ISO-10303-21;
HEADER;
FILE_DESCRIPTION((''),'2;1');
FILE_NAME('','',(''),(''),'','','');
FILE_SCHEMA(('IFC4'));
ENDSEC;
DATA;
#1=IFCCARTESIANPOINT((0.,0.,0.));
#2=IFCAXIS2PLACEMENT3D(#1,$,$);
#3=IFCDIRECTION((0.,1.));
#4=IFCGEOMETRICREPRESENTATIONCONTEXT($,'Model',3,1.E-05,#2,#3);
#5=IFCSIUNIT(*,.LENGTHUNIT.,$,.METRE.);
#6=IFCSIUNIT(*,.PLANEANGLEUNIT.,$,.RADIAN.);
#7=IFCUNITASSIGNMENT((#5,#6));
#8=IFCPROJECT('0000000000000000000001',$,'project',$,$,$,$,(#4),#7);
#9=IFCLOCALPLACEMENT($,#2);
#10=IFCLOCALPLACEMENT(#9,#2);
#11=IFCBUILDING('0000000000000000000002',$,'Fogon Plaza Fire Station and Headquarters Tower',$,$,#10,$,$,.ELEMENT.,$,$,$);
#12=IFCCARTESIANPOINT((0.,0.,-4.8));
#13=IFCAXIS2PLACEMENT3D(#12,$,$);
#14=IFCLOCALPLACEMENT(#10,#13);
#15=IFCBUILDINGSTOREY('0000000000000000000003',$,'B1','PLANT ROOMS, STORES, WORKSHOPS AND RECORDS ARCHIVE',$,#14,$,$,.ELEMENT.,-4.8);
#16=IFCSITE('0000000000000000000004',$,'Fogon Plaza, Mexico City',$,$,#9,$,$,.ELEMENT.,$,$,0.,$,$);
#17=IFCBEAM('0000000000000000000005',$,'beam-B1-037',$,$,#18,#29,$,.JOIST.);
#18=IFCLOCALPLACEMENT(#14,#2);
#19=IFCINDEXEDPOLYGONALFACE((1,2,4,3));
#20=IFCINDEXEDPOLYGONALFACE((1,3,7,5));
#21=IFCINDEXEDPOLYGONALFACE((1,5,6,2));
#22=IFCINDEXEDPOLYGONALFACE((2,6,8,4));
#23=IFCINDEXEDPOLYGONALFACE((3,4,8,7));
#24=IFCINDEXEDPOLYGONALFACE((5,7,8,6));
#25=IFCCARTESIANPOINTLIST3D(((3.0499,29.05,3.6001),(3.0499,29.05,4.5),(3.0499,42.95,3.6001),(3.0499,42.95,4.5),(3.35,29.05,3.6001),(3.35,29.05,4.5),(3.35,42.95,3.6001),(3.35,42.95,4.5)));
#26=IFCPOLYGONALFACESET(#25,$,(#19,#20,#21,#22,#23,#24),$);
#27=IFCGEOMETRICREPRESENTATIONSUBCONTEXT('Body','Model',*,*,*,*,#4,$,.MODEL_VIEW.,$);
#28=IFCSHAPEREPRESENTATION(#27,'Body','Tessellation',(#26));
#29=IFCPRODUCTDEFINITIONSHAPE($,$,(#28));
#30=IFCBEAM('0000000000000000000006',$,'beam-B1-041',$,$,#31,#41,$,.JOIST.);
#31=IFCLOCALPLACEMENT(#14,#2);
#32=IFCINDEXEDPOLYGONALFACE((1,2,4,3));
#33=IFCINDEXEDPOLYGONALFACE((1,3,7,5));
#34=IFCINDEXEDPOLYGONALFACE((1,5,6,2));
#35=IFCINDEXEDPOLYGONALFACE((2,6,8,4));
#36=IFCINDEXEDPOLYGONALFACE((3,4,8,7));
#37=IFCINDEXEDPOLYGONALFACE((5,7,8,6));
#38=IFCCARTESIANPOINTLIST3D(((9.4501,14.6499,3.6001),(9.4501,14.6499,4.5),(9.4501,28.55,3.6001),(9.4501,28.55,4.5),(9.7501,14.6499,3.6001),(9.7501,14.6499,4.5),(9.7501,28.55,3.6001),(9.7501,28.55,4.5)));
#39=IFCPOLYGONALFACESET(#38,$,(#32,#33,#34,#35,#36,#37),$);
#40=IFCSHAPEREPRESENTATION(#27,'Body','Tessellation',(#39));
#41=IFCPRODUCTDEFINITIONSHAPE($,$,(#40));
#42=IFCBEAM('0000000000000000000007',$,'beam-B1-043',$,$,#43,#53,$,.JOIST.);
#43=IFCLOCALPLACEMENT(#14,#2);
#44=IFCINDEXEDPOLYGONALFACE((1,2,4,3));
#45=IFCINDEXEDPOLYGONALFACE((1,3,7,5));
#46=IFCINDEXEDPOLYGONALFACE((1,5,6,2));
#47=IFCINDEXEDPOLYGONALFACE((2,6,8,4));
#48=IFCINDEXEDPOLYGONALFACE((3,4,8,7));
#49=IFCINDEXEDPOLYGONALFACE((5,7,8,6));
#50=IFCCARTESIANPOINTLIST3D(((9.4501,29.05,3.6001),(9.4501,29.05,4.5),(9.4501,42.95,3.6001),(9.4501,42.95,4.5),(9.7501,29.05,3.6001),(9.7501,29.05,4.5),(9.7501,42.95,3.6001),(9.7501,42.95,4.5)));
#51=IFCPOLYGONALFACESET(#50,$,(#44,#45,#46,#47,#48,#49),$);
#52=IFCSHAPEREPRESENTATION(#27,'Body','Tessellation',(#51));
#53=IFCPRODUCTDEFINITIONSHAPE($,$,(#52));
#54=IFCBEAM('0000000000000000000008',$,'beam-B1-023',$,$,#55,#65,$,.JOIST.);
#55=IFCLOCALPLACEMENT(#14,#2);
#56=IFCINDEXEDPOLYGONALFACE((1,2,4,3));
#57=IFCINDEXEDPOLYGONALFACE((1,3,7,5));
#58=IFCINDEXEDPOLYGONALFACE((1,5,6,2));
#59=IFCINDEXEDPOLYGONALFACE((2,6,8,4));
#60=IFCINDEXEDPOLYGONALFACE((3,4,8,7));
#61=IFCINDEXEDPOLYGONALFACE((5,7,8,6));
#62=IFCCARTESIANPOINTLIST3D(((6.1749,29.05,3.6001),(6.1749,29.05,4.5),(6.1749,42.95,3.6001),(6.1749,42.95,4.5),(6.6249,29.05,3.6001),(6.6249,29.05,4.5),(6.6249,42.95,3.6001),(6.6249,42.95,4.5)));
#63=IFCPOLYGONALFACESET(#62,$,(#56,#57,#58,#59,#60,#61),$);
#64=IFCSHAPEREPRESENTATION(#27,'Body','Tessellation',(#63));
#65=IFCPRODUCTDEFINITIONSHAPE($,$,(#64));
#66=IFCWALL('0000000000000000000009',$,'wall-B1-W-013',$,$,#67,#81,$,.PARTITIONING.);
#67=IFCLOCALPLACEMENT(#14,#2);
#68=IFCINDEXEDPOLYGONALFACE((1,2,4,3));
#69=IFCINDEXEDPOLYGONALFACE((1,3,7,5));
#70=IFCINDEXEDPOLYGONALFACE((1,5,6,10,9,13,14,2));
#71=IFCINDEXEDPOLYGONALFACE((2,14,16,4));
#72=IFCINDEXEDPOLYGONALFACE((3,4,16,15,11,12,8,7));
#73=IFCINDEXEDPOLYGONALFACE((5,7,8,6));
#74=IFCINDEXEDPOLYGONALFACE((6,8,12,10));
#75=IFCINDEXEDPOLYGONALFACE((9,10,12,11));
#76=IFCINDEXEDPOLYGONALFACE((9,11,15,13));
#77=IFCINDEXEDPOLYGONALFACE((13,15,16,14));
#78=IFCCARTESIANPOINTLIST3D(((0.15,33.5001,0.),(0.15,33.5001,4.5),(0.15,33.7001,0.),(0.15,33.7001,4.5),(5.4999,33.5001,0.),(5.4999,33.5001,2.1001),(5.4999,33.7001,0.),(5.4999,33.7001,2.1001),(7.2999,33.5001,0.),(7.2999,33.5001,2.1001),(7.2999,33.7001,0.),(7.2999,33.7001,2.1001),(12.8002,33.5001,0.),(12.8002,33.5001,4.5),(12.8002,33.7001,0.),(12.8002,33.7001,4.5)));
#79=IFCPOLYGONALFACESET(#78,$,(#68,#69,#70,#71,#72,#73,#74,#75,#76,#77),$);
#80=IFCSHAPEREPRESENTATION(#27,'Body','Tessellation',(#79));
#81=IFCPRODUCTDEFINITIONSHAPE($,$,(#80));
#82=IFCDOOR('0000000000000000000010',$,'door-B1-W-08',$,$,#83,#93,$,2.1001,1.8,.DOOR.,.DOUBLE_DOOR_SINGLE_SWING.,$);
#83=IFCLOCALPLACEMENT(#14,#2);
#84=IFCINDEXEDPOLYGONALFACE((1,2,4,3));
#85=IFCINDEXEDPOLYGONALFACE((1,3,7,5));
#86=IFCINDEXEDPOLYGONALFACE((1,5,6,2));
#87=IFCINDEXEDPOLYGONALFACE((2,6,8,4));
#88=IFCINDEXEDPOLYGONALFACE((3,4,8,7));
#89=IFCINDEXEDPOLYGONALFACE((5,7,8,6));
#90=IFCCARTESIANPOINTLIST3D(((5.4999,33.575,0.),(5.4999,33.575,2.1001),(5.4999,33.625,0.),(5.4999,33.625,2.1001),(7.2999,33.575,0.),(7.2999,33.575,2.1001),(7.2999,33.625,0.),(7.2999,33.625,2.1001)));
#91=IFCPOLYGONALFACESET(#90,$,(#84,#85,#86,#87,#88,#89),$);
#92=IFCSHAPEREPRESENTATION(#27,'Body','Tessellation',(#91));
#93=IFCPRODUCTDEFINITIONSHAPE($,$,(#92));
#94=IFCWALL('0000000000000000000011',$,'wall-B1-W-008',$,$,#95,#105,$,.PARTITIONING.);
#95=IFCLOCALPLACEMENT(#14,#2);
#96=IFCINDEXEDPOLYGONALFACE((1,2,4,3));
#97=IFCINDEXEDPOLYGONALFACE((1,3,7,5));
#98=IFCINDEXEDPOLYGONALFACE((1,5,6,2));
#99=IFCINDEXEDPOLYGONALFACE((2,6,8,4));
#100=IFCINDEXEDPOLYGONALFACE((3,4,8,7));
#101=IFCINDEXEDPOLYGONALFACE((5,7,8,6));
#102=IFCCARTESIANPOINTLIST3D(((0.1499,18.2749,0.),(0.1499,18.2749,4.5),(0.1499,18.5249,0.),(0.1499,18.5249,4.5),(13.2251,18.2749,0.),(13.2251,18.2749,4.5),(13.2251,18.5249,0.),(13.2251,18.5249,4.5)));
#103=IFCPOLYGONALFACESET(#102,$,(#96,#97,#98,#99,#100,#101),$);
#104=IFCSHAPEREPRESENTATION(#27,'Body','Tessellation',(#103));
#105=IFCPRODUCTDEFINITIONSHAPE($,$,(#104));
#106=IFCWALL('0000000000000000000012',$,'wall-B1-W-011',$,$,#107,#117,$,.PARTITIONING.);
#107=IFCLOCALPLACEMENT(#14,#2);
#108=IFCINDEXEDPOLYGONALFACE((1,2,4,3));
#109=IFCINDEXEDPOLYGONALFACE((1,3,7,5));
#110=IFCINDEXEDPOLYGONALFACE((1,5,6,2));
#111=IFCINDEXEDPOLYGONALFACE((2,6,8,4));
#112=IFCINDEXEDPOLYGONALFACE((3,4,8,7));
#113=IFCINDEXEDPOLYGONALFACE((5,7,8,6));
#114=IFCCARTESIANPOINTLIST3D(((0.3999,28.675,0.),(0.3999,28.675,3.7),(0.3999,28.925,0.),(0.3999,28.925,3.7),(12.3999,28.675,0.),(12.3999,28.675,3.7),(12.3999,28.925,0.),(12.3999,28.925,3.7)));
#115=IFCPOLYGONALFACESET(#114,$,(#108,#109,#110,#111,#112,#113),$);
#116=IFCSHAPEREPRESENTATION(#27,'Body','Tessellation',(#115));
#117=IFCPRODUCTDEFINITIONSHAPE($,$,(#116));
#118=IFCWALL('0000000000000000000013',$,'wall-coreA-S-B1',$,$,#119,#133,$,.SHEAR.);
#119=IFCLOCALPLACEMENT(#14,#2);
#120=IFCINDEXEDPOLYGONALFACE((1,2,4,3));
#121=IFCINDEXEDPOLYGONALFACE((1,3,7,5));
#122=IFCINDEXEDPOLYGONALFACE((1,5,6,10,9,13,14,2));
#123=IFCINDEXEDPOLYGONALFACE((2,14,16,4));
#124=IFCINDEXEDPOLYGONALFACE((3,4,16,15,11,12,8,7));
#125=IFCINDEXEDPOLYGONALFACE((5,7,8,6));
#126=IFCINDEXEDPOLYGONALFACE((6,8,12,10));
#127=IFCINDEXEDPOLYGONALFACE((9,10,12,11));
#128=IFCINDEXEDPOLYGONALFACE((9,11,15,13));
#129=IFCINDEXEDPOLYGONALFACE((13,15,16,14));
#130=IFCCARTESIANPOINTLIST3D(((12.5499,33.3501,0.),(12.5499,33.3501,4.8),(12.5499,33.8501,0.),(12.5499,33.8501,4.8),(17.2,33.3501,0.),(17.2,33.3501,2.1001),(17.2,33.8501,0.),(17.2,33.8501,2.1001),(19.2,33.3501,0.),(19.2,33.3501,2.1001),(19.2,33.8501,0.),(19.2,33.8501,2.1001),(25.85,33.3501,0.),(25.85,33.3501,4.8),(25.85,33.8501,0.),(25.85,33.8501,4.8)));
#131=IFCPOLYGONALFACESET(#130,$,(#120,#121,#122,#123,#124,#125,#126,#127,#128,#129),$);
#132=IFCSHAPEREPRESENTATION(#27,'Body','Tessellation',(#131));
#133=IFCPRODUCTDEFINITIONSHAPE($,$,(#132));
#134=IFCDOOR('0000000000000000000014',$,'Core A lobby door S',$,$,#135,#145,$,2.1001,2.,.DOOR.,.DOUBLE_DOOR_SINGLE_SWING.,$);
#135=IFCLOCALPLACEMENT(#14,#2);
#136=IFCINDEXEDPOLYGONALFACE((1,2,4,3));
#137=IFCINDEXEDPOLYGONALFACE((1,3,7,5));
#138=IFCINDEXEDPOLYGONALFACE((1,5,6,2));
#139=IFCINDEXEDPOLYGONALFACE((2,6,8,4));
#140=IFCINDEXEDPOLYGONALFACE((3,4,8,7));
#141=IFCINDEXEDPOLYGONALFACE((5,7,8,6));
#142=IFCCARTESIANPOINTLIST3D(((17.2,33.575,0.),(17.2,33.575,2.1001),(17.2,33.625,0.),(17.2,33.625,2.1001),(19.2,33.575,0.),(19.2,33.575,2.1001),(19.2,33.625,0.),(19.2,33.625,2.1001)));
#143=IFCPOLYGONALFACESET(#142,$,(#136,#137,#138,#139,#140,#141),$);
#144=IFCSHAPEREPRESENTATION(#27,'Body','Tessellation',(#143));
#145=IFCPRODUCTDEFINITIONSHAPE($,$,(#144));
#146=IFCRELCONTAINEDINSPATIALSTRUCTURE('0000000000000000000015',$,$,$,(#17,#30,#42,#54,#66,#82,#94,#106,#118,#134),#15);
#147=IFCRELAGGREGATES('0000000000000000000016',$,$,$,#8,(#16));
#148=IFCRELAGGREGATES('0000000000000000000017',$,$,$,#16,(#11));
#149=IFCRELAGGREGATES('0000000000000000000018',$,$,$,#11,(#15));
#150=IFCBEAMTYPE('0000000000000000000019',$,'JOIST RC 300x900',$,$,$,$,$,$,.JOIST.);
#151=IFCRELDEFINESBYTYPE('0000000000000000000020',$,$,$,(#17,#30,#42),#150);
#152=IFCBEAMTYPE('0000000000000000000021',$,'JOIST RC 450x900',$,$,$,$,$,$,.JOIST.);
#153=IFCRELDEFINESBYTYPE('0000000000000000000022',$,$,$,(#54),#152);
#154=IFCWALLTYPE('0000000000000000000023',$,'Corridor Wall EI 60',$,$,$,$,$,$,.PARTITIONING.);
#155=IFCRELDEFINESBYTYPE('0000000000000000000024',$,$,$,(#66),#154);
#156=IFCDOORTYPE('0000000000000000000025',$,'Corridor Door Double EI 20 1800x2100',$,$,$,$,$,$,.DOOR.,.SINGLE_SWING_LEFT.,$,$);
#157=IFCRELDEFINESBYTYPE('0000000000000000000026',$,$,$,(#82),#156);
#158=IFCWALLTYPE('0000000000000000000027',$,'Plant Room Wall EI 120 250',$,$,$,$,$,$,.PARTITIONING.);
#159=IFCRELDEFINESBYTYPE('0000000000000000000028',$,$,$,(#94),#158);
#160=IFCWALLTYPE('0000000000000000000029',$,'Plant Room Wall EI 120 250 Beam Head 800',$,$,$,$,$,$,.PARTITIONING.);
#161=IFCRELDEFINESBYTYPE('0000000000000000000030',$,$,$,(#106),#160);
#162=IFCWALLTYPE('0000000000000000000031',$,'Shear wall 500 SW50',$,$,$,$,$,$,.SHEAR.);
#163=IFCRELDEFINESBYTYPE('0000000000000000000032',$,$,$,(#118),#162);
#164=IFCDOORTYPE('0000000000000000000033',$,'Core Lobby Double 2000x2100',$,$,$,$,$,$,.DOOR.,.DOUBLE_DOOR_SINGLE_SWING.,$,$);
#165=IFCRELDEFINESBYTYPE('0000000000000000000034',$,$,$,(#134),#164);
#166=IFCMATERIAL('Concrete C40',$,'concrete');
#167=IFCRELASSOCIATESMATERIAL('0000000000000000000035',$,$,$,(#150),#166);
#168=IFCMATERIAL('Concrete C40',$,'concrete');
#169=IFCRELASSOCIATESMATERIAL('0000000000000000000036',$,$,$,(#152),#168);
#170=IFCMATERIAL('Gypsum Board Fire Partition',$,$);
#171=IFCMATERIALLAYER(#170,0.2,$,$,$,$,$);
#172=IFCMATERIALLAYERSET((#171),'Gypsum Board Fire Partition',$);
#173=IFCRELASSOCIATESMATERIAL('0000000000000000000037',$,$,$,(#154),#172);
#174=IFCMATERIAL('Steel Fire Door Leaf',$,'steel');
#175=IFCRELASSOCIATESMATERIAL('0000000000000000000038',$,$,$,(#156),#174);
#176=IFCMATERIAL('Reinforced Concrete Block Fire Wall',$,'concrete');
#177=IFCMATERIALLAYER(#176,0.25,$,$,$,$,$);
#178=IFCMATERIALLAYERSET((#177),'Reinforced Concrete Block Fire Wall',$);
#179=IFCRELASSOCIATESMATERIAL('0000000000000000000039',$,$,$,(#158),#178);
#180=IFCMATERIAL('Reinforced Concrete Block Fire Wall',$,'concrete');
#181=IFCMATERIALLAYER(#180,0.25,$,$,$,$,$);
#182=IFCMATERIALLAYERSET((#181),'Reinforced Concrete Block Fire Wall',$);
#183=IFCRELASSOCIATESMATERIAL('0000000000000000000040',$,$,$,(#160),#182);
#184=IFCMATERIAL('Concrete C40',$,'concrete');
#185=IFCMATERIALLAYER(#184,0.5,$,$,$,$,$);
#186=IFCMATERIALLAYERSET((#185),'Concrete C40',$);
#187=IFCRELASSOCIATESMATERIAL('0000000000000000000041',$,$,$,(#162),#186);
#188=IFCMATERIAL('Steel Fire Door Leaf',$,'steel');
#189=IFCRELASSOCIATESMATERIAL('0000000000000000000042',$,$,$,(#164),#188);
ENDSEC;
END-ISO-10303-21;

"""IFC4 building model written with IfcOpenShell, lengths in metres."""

from ifc_helpers import new_model, si_unit, direction, frame, frame_2d, origin, origin_2d, place, context, subcontext, project, spatial, rectangle, extrude, material, layer, layer_set, material_profile, profile_set, type_object, element, fill, save


model = new_model("IFC4")

# Units and contexts
model_context = context("Model", 3, precision=1e-05, world=origin(), true_north=direction((0.0, 1.0)))
body_context = subcontext(model_context, "Body", "Model", "MODEL_VIEW")
ifc_project = project(units=[si_unit("LENGTHUNIT", "METRE"), si_unit("PLANEANGLEUNIT", "RADIAN")], contexts=[model_context])

# Site, building, storey
site_placement = place(None, origin())
site = spatial("IfcSite", under=ifc_project, at=site_placement, Name="Fogon Plaza, Mexico City", CompositionType="ELEMENT", RefElevation=0.0)
building_placement = place(site_placement, origin())
building = spatial("IfcBuilding", under=site, at=building_placement, Name="Fogon Plaza Fire Station and Headquarters Tower", CompositionType="ELEMENT")
storey_placement = place(building_placement, frame((0.0, 0.0, -4.8)))
storey = spatial("IfcBuildingStorey", under=building, at=storey_placement, Name="B1", Description="PLANT ROOMS, STORES, WORKSHOPS AND RECORDS ARCHIVE", CompositionType="ELEMENT", Elevation=-4.8)

# Beams
ifc_material_1 = material(Name="Concrete C40", Category="concrete")
ifc_material_profile_1 = material_profile(ifc_material_1, rectangle(XDim=0.3, YDim=0.8999, at=origin_2d()), Name="RC 300x900")
ifc_profile_set_1 = profile_set([ifc_material_profile_1], Name="Concrete C40")
beam_type_1 = type_object("IfcBeamType", Name="JOIST RC 300x900", PredefinedType="JOIST", material=ifc_profile_set_1)
beam_1_placement = place(storey_placement, frame((3.2, 29.05, 4.05), z_axis=(0.0, 1.0, 0.0), x_axis=(-1.0, 0.0, 0.0)))
element("IfcBeam", 1, at=beam_1_placement, inside=storey, type_object=beam_type_1, Name="beam-B1-037", PredefinedType="JOIST", context=body_context, shape_type="SweptSolid", body=[
    extrude(rectangle(XDim=0.3, YDim=0.8999, at=origin_2d()), origin(), (0.0, 0.0, 1.0), 13.8999),
])
beam_2_placement = place(storey_placement, frame((9.6001, 14.6499, 4.05), z_axis=(0.0, 1.0, 0.0), x_axis=(-1.0, 0.0, 0.0)))
element("IfcBeam", 2, at=beam_2_placement, inside=storey, type_object=beam_type_1, Name="beam-B1-041", PredefinedType="JOIST", context=body_context, shape_type="SweptSolid", body=[
    extrude(rectangle(XDim=0.3, YDim=0.8999, at=origin_2d()), origin(), (0.0, 0.0, 1.0), 13.9001),
])
beam_3_placement = place(storey_placement, frame((9.6001, 29.05, 4.05), z_axis=(0.0, 1.0, 0.0), x_axis=(-1.0, 0.0, 0.0)))
element("IfcBeam", 3, at=beam_3_placement, inside=storey, type_object=beam_type_1, Name="beam-B1-043", PredefinedType="JOIST", context=body_context, shape_type="SweptSolid", body=[
    extrude(rectangle(XDim=0.3, YDim=0.8999, at=origin_2d()), origin(), (0.0, 0.0, 1.0), 13.8999),
])
ifc_material_2 = material(Name="Concrete C40", Category="concrete")
ifc_material_profile_2 = material_profile(ifc_material_2, rectangle(XDim=0.45, YDim=0.8999, at=origin_2d()), Name="RC 450x900")
ifc_profile_set_2 = profile_set([ifc_material_profile_2], Name="Concrete C40")
beam_type_2 = type_object("IfcBeamType", Name="JOIST RC 450x900", PredefinedType="JOIST", material=ifc_profile_set_2)
beam_4_placement = place(storey_placement, frame((6.3999, 29.05, 4.05), z_axis=(0.0, 1.0, 0.0), x_axis=(-1.0, 0.0, 0.0)))
element("IfcBeam", 4, at=beam_4_placement, inside=storey, type_object=beam_type_2, Name="beam-B1-023", PredefinedType="JOIST", context=body_context, shape_type="SweptSolid", body=[
    extrude(rectangle(XDim=0.45, YDim=0.8999, at=origin_2d()), origin(), (0.0, 0.0, 1.0), 13.8999),
])

# Wall, opening, door
ifc_material_3 = material(Name="Gypsum Board Fire Partition")
ifc_layer_1 = layer(ifc_material_3, 0.2)
ifc_layer_set_1 = layer_set([ifc_layer_1], Name="Gypsum Board Fire Partition")
wall_type_1 = type_object("IfcWallType", Name="Corridor Wall EI 60", PredefinedType="PARTITIONING", material=ifc_layer_set_1)
wall_1_placement = place(storey_placement, frame((0.1499, 33.6001, 0.0), z_axis=(0.0, 0.0, 1.0), x_axis=(1.0, 0.0, 0.0)))
wall_1 = element("IfcWall", 5, at=wall_1_placement, inside=storey, type_object=wall_type_1, Name="wall-B1-W-013", PredefinedType="PARTITIONING", context=body_context, shape_type="SweptSolid", body=[
    extrude(rectangle(XDim=12.6501, YDim=0.2, at=frame_2d((6.3252, 0.0))), origin(), (0.0, 0.0, 1.0), 4.5),
])
opening_1_placement = place(wall_1_placement, frame((5.3501, 0.0, 0.0)))
opening_1 = element("IfcOpeningElement", 6, at=opening_1_placement, cuts=wall_1, PredefinedType="OPENING", context=body_context, shape_type="SweptSolid", body=[
    extrude(rectangle(XDim=1.8, YDim=2.1001, at=frame_2d((0.8999, 1.05))), frame((0.0, 0.1099, 0.0), z_axis=(0.0, -1.0, 0.0), x_axis=(1.0, 0.0, 0.0)), (0.0, 0.0, 1.0), 0.22),
])
ifc_material_4 = material(Name="Steel Fire Door Leaf", Category="steel")
door_type_1 = type_object("IfcDoorType", Name="Corridor Door Double EI 20 1800x2100", OperationType="SINGLE_SWING_LEFT", PredefinedType="DOOR", material=ifc_material_4)
door_1_placement = place(opening_1_placement, origin())
door_1 = element("IfcDoor", 7, at=door_1_placement, inside=storey, type_object=door_type_1, Name="door-B1-W-08", OperationType="DOUBLE_DOOR_SINGLE_SWING", OverallHeight=2.1001, OverallWidth=1.8, PredefinedType="DOOR", context=body_context, shape_type="SweptSolid", body=[
    extrude(rectangle(XDim=1.8, YDim=2.1001, at=frame_2d((0.8999, 1.05))), frame((0.0, 0.0249, 0.0), z_axis=(0.0, -1.0, 0.0), x_axis=(1.0, 0.0, 0.0)), (0.0, 0.0, 1.0), 0.05),
])
fill(opening_1, door_1)

# Walls
ifc_material_5 = material(Name="Reinforced Concrete Block Fire Wall", Category="concrete")
ifc_layer_2 = layer(ifc_material_5, 0.25)
ifc_layer_set_2 = layer_set([ifc_layer_2], Name="Reinforced Concrete Block Fire Wall")
wall_type_2 = type_object("IfcWallType", Name="Plant Room Wall EI 120 250", PredefinedType="PARTITIONING", material=ifc_layer_set_2)
wall_2_placement = place(storey_placement, frame((0.1499, 18.3999, 0.0), z_axis=(0.0, 0.0, 1.0), x_axis=(1.0, 0.0, 0.0)))
element("IfcWall", 8, at=wall_2_placement, inside=storey, type_object=wall_type_2, Name="wall-B1-W-008", PredefinedType="PARTITIONING", context=body_context, shape_type="SweptSolid", body=[
    extrude(rectangle(XDim=13.0752, YDim=0.25, at=frame_2d((6.5376, 0.0))), origin(), (0.0, 0.0, 1.0), 4.5),
])
ifc_material_6 = material(Name="Reinforced Concrete Block Fire Wall", Category="concrete")
ifc_layer_3 = layer(ifc_material_6, 0.25)
ifc_layer_set_3 = layer_set([ifc_layer_3], Name="Reinforced Concrete Block Fire Wall")
wall_type_3 = type_object("IfcWallType", Name="Plant Room Wall EI 120 250 Beam Head 800", PredefinedType="PARTITIONING", material=ifc_layer_set_3)
wall_3_placement = place(storey_placement, frame((0.3999, 28.8, 0.0), z_axis=(0.0, 0.0, 1.0), x_axis=(1.0, 0.0, 0.0)))
element("IfcWall", 9, at=wall_3_placement, inside=storey, type_object=wall_type_3, Name="wall-B1-W-011", PredefinedType="PARTITIONING", context=body_context, shape_type="SweptSolid", body=[
    extrude(rectangle(XDim=12.0, YDim=0.25, at=frame_2d((6.0, 0.0))), origin(), (0.0, 0.0, 1.0), 3.7),
])

# Wall, opening, door
ifc_material_7 = material(Name="Concrete C40", Category="concrete")
ifc_layer_4 = layer(ifc_material_7, 0.5)
ifc_layer_set_4 = layer_set([ifc_layer_4], Name="Concrete C40")
wall_type_4 = type_object("IfcWallType", Name="Shear wall 500 SW50", PredefinedType="SHEAR", material=ifc_layer_set_4)
wall_4_placement = place(storey_placement, frame((12.55, 33.6001, 0.0), z_axis=(0.0, 0.0, 1.0), x_axis=(1.0, 0.0, 0.0)))
wall_4 = element("IfcWall", 10, at=wall_4_placement, inside=storey, type_object=wall_type_4, Name="wall-coreA-S-B1", PredefinedType="SHEAR", context=body_context, shape_type="SweptSolid", body=[
    extrude(rectangle(XDim=13.3, YDim=0.5, at=frame_2d((6.6499, 0.0))), origin(), (0.0, 0.0, 1.0), 4.8),
])
opening_2_placement = place(wall_4_placement, frame((4.6499, 0.0, 0.0)))
opening_2 = element("IfcOpeningElement", 11, at=opening_2_placement, cuts=wall_4, PredefinedType="OPENING", context=body_context, shape_type="SweptSolid", body=[
    extrude(rectangle(XDim=2.0, YDim=2.1001, at=frame_2d((1.0, 1.05))), frame((0.0, 0.26, 0.0), z_axis=(0.0, -1.0, 0.0), x_axis=(1.0, 0.0, 0.0)), (0.0, 0.0, 1.0), 0.52),
])
ifc_material_8 = material(Name="Steel Fire Door Leaf", Category="steel")
door_type_2 = type_object("IfcDoorType", Name="Core Lobby Double 2000x2100", OperationType="DOUBLE_DOOR_SINGLE_SWING", PredefinedType="DOOR", material=ifc_material_8)
door_2_placement = place(opening_2_placement, origin())
door_2 = element("IfcDoor", 12, at=door_2_placement, inside=storey, type_object=door_type_2, Name="Core A lobby door S", OperationType="DOUBLE_DOOR_SINGLE_SWING", OverallHeight=2.1001, OverallWidth=2.0, PredefinedType="DOOR", context=body_context, shape_type="SweptSolid", body=[
    extrude(rectangle(XDim=2.0, YDim=2.1001, at=frame_2d((1.0, 1.05))), frame((0.0, 0.0249, 0.0), z_axis=(0.0, -1.0, 0.0), x_axis=(1.0, 0.0, 0.0)), (0.0, 0.0, 1.0), 0.05),
])
fill(opening_2, door_2)

save(model, "model.ifc")
